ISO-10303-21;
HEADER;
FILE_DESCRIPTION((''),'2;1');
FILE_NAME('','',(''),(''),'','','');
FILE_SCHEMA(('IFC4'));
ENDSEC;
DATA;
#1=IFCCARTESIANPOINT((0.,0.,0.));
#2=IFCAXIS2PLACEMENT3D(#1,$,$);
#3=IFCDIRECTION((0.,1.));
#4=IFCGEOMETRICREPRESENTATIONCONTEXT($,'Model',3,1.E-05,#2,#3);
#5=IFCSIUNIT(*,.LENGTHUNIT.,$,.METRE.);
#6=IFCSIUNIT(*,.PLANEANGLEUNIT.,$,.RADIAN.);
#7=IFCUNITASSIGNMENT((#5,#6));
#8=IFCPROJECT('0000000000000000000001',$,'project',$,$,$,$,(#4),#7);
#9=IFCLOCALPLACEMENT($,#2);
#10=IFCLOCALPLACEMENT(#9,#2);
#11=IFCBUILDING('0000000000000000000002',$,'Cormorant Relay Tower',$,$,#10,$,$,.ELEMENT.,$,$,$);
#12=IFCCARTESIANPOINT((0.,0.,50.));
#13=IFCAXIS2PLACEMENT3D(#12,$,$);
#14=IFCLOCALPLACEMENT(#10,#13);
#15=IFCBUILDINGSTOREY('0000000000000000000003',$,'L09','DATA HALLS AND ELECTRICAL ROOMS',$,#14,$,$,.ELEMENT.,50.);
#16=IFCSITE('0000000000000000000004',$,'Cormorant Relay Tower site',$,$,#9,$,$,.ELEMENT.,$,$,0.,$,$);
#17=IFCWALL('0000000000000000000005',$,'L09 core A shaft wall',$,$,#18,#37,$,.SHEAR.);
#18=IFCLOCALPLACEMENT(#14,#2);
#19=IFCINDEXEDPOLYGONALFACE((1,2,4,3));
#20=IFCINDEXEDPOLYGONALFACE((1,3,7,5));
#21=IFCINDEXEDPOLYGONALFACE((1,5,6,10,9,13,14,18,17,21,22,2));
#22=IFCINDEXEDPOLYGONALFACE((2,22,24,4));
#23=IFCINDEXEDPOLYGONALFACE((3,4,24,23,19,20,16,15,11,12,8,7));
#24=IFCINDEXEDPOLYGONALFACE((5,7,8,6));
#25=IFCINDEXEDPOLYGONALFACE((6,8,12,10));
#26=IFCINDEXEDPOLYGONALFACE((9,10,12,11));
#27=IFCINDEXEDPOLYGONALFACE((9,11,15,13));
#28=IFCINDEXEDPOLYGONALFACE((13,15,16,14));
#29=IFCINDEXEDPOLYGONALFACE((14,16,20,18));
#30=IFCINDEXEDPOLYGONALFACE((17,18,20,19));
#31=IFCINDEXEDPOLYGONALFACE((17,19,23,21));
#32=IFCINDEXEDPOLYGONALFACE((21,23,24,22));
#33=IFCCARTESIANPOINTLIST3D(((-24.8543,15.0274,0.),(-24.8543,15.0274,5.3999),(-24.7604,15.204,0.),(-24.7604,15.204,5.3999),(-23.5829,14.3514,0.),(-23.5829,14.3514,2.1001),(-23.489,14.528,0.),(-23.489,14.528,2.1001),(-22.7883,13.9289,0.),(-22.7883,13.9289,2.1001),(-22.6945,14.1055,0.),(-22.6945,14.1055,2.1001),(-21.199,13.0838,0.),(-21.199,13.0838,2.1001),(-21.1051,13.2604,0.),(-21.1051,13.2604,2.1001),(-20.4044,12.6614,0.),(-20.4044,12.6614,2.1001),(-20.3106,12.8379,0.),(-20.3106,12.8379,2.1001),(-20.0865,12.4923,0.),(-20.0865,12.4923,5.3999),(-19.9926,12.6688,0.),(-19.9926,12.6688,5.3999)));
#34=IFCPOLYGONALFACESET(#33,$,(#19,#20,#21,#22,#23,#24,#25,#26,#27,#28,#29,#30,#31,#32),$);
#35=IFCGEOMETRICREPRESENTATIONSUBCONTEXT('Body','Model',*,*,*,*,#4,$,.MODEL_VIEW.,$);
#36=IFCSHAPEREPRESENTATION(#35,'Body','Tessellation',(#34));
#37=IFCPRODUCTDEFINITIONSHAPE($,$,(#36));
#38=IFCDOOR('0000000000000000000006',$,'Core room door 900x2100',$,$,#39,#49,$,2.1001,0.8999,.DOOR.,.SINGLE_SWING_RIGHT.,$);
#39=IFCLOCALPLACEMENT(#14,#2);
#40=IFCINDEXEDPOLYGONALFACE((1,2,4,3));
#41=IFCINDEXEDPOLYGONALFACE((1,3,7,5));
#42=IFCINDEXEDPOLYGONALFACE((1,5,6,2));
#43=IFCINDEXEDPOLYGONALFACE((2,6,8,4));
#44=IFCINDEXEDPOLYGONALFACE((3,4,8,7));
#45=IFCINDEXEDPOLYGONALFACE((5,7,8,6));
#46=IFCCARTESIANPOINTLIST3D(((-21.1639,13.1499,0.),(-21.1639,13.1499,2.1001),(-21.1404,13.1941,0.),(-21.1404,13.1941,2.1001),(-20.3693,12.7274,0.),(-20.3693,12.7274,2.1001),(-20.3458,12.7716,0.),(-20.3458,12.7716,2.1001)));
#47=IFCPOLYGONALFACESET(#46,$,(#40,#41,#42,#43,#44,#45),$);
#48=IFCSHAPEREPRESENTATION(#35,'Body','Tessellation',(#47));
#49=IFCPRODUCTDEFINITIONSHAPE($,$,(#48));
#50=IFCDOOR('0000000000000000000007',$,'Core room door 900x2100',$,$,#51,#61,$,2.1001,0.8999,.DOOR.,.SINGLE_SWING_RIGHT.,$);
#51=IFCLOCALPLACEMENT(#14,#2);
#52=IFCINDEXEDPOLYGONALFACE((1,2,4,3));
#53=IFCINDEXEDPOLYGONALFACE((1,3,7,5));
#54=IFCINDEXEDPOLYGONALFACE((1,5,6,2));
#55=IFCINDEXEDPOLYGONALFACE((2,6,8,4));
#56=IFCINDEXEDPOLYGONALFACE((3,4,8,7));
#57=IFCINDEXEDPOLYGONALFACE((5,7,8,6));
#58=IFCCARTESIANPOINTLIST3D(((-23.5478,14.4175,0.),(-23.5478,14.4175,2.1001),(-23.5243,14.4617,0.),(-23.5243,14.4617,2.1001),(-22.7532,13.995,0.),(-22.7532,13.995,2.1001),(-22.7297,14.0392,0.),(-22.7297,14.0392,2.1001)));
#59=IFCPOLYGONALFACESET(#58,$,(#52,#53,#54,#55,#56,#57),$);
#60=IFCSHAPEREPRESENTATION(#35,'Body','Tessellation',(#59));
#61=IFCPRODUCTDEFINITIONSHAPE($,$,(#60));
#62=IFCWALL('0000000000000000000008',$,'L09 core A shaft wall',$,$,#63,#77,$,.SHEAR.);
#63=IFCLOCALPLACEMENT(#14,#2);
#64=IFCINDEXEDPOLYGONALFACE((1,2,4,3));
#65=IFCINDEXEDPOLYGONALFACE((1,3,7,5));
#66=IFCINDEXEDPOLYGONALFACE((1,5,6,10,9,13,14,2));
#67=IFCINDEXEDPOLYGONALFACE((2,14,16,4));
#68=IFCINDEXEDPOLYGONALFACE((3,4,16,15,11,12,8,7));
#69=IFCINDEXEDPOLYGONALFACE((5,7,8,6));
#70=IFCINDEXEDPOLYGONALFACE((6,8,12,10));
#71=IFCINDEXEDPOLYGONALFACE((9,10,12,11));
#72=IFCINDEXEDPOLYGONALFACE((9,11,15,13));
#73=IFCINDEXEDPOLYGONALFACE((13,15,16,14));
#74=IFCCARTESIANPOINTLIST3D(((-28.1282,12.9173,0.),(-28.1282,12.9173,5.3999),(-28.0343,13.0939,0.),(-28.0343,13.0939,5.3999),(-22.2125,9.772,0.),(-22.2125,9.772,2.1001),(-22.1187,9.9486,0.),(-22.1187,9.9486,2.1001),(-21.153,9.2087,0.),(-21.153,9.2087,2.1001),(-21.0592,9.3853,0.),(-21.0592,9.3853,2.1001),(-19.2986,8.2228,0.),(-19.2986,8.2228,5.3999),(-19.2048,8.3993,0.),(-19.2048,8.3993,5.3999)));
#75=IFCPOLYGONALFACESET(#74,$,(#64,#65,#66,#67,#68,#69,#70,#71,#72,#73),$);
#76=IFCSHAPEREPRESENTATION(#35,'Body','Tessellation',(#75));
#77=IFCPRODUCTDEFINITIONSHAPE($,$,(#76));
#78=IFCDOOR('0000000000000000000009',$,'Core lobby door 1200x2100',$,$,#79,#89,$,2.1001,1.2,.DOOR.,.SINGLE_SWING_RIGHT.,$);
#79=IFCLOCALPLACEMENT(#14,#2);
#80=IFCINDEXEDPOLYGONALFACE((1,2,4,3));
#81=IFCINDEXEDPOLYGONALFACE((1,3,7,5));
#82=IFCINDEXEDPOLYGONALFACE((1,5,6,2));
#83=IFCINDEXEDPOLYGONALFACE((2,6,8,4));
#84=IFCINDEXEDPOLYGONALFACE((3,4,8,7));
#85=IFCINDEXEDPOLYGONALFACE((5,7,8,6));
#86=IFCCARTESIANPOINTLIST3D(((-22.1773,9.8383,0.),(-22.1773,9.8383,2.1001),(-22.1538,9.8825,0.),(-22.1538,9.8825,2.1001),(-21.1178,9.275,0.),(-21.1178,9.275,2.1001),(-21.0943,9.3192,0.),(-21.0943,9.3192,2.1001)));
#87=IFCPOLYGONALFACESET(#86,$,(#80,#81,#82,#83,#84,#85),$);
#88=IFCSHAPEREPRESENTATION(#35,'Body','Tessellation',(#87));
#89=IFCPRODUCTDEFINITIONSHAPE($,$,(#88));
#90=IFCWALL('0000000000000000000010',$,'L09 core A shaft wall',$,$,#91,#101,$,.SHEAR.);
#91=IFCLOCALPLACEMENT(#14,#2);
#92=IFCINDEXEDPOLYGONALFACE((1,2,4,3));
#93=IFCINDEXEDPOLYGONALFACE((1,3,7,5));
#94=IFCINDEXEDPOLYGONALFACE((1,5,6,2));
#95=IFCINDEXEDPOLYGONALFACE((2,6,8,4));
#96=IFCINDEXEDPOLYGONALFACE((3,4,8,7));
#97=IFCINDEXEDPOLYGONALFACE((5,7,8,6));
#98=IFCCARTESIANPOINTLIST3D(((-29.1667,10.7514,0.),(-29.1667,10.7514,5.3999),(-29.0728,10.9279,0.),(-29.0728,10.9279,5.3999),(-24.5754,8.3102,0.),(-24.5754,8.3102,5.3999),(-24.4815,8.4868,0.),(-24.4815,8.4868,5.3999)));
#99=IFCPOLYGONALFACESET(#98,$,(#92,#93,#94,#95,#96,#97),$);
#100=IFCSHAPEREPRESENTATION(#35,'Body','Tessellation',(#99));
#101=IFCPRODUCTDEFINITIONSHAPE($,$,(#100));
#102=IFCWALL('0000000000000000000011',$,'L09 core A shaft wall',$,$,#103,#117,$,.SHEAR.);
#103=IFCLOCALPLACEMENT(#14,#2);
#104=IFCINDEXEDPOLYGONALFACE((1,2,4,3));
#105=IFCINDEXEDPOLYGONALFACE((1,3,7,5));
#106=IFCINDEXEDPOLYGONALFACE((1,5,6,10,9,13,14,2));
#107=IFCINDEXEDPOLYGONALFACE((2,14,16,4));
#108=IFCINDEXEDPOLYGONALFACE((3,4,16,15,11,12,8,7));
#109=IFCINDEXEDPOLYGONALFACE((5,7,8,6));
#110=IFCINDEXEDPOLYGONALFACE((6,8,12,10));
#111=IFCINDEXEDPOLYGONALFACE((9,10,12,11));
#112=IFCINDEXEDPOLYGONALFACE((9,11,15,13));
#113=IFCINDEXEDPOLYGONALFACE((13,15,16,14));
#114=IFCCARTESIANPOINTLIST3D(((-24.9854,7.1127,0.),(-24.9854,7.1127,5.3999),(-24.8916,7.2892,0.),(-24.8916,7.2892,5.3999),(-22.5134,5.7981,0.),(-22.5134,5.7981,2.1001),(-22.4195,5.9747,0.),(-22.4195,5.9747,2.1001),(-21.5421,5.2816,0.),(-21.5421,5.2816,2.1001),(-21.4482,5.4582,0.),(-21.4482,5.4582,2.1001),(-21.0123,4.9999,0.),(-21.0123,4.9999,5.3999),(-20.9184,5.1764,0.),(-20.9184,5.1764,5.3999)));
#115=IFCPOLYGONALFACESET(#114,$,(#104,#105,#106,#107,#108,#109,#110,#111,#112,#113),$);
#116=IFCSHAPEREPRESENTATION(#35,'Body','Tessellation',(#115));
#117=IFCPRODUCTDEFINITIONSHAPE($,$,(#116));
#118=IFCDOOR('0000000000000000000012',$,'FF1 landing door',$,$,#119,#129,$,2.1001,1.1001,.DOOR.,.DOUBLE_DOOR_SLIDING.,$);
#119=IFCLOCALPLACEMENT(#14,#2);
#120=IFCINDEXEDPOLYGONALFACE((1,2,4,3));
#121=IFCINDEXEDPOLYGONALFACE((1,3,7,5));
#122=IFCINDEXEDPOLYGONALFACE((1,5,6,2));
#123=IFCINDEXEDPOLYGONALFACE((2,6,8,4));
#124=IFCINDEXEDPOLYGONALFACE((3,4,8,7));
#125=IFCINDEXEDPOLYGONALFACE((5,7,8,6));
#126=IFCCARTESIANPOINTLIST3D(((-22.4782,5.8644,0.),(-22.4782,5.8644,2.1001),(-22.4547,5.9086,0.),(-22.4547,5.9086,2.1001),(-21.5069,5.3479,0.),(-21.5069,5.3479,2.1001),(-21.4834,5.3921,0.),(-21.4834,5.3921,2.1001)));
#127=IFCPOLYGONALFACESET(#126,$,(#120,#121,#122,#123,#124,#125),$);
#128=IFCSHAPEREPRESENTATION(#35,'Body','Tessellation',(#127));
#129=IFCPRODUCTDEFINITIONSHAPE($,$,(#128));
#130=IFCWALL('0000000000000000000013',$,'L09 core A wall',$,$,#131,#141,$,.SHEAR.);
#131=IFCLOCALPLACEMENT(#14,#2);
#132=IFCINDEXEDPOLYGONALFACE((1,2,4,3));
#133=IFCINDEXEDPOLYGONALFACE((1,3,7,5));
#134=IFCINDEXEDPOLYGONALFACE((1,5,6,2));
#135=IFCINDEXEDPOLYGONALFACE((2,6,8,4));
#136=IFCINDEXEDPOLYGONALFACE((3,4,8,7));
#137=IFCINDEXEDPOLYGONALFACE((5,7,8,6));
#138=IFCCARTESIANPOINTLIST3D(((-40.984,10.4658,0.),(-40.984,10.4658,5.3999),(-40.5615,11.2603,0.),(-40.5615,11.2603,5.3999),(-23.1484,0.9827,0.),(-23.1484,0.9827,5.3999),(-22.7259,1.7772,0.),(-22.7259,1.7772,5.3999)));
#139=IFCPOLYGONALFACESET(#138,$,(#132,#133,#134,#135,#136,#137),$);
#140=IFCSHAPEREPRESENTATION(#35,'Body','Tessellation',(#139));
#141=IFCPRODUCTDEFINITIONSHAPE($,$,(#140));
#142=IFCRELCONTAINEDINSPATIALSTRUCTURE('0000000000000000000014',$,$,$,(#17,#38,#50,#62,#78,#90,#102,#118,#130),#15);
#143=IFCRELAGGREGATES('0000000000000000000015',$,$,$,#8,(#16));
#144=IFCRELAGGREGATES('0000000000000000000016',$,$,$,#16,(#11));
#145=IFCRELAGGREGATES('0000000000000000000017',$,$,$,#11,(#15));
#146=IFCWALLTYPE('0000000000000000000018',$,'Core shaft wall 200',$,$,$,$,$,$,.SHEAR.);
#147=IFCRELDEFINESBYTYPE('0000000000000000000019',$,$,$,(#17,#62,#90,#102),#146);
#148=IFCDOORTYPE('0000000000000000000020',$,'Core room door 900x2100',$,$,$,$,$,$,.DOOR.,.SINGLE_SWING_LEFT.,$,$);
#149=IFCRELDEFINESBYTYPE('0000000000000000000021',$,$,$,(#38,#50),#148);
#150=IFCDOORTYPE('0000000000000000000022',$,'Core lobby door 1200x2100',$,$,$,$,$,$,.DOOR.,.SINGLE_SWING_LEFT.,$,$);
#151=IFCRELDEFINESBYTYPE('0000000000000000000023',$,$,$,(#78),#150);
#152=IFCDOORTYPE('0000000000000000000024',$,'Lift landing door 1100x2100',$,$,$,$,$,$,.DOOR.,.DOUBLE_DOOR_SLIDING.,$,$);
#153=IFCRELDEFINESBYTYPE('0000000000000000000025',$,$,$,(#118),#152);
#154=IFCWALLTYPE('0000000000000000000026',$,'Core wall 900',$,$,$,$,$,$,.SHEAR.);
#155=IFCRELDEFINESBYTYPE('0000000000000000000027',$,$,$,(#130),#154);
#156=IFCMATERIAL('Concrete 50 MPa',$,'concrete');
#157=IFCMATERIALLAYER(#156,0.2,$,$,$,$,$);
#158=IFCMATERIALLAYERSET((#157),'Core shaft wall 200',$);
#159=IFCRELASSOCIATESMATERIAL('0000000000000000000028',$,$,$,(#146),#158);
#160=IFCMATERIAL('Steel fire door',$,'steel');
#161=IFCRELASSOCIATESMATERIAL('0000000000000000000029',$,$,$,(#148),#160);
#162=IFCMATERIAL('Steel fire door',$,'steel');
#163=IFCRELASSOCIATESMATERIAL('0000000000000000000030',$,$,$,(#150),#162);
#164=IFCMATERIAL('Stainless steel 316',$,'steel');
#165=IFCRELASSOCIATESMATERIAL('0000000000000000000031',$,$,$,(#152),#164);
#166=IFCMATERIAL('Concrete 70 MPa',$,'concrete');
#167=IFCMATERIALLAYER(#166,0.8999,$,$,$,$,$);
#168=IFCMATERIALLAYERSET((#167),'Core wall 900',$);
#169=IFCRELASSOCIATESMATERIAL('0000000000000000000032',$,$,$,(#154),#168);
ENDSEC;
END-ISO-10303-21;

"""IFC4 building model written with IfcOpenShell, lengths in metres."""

from ifc_helpers import new_model, si_unit, direction, frame, frame_2d, origin, place, context, subcontext, project, spatial, rectangle, extrude, material, layer, layer_set, type_object, element, fill, save


model = new_model("IFC4")

# Units and contexts
model_context = context("Model", 3, precision=1e-05, world=origin(), true_north=direction((0.0, 1.0)))
body_context = subcontext(model_context, "Body", "Model", "MODEL_VIEW")
ifc_project = project(units=[si_unit("LENGTHUNIT", "METRE"), si_unit("PLANEANGLEUNIT", "RADIAN")], contexts=[model_context])

# Site, building, storey
site_placement = place(None, origin())
site = spatial("IfcSite", under=ifc_project, at=site_placement, Name="Cormorant Relay Tower site", CompositionType="ELEMENT", RefElevation=0.0)
building_placement = place(site_placement, origin())
building = spatial("IfcBuilding", under=site, at=building_placement, Name="Cormorant Relay Tower", CompositionType="ELEMENT")
storey_placement = place(building_placement, frame((0.0, 0.0, 50.0)))
storey = spatial("IfcBuildingStorey", under=building, at=storey_placement, Name="L09", Description="DATA HALLS AND ELECTRICAL ROOMS", CompositionType="ELEMENT", Elevation=50.0)

# Shared definitions
ifc_material_1 = material(Name="Concrete 50 MPa", Category="concrete")
ifc_layer_1 = layer(ifc_material_1, 0.2)
ifc_layer_set_1 = layer_set([ifc_layer_1], Name="Core shaft wall 200")
wall_type_1 = type_object("IfcWallType", Name="Core shaft wall 200", PredefinedType="SHEAR", material=ifc_layer_set_1)

# Wall, openings, doors
wall_1_placement = place(storey_placement, frame((-20.0396, 12.5806, 0.0), z_axis=(0.0, 0.0, 1.0), x_axis=(-0.882943, 0.46948, 0.0)))
wall_1 = element("IfcWall", 1, at=wall_1_placement, inside=storey, type_object=wall_type_1, Name="L09 core A shaft wall", PredefinedType="SHEAR", context=body_context, shape_type="SweptSolid", body=[
    extrude(rectangle(XDim=5.3999, YDim=0.2, at=frame_2d((2.7, 0.0))), origin(), (0.0, 0.0, 1.0), 5.3999),
])
opening_1_placement = place(wall_1_placement, frame((0.3601, 0.0, 0.0)))
opening_1 = element("IfcOpeningElement", 2, at=opening_1_placement, cuts=wall_1, PredefinedType="OPENING", context=body_context, shape_type="SweptSolid", body=[
    extrude(rectangle(XDim=0.8999, YDim=2.1001, at=frame_2d((0.45, 1.05))), frame((0.0, 0.1099, 0.0), z_axis=(0.0, -1.0, 0.0), x_axis=(1.0, 0.0, 0.0)), (0.0, 0.0, 1.0), 0.22),
])
opening_2_placement = place(wall_1_placement, frame((3.0601, 0.0, 0.0)))
opening_2 = element("IfcOpeningElement", 3, at=opening_2_placement, cuts=wall_1, PredefinedType="OPENING", context=body_context, shape_type="SweptSolid", body=[
    extrude(rectangle(XDim=0.8999, YDim=2.1001, at=frame_2d((0.45, 1.05))), frame((0.0, 0.1099, 0.0), z_axis=(0.0, -1.0, 0.0), x_axis=(1.0, 0.0, 0.0)), (0.0, 0.0, 1.0), 0.22),
])
ifc_material_2 = material(Name="Steel fire door", Category="steel")
door_type_1 = type_object("IfcDoorType", Name="Core room door 900x2100", OperationType="SINGLE_SWING_LEFT", PredefinedType="DOOR", material=ifc_material_2)
door_1_placement = place(opening_1_placement, frame((0.8999, 0.0, 0.0), z_axis=(0.0, 0.0, 1.0), x_axis=(-1.0, 0.0, 0.0)))
door_1 = element("IfcDoor", 4, at=door_1_placement, inside=storey, type_object=door_type_1, Name="Core room door 900x2100", OperationType="SINGLE_SWING_RIGHT", OverallHeight=2.1001, OverallWidth=0.8999, PredefinedType="DOOR", context=body_context, shape_type="SweptSolid", body=[
    extrude(rectangle(XDim=0.8999, YDim=2.1001, at=frame_2d((0.45, 1.05))), frame((0.0, 0.0249, 0.0), z_axis=(0.0, -1.0, 0.0), x_axis=(1.0, 0.0, 0.0)), (0.0, 0.0, 1.0), 0.05),
])
fill(opening_1, door_1)
door_2_placement = place(opening_2_placement, frame((0.8999, 0.0, 0.0), z_axis=(0.0, 0.0, 1.0), x_axis=(-1.0, 0.0, 0.0)))
door_2 = element("IfcDoor", 5, at=door_2_placement, inside=storey, type_object=door_type_1, Name="Core room door 900x2100", OperationType="SINGLE_SWING_RIGHT", OverallHeight=2.1001, OverallWidth=0.8999, PredefinedType="DOOR", context=body_context, shape_type="SweptSolid", body=[
    extrude(rectangle(XDim=0.8999, YDim=2.1001, at=frame_2d((0.45, 1.05))), frame((0.0, 0.0249, 0.0), z_axis=(0.0, -1.0, 0.0), x_axis=(1.0, 0.0, 0.0)), (0.0, 0.0, 1.0), 0.05),
])
fill(opening_2, door_2)

# Wall, opening, door
wall_2_placement = place(storey_placement, frame((-19.2517, 8.311, 0.0), z_axis=(0.0, 0.0, 1.0), x_axis=(-0.882956, 0.469456, 0.0)))
wall_2 = element("IfcWall", 6, at=wall_2_placement, inside=storey, type_object=wall_type_1, Name="L09 core A shaft wall", PredefinedType="SHEAR", context=body_context, shape_type="SweptSolid", body=[
    extrude(rectangle(XDim=10.0, YDim=0.2, at=frame_2d((5.0, 0.0))), origin(), (0.0, 0.0, 1.0), 5.3999),
])
opening_3_placement = place(wall_2_placement, frame((2.1001, 0.0, 0.0)))
opening_3 = element("IfcOpeningElement", 7, at=opening_3_placement, cuts=wall_2, PredefinedType="OPENING", context=body_context, shape_type="SweptSolid", body=[
    extrude(rectangle(XDim=1.2, YDim=2.1001, at=frame_2d((0.6001, 1.05))), frame((0.0, 0.1099, 0.0), z_axis=(0.0, -1.0, 0.0), x_axis=(1.0, 0.0, 0.0)), (0.0, 0.0, 1.0), 0.22),
])
ifc_material_3 = material(Name="Steel fire door", Category="steel")
door_type_2 = type_object("IfcDoorType", Name="Core lobby door 1200x2100", OperationType="SINGLE_SWING_LEFT", PredefinedType="DOOR", material=ifc_material_3)
door_3_placement = place(opening_3_placement, origin())
door_3 = element("IfcDoor", 8, at=door_3_placement, inside=storey, type_object=door_type_2, Name="Core lobby door 1200x2100", OperationType="SINGLE_SWING_RIGHT", OverallHeight=2.1001, OverallWidth=1.2, PredefinedType="DOOR", context=body_context, shape_type="SweptSolid", body=[
    extrude(rectangle(XDim=1.2, YDim=2.1001, at=frame_2d((0.6001, 1.05))), frame((0.0, 0.0249, 0.0), z_axis=(0.0, -1.0, 0.0), x_axis=(1.0, 0.0, 0.0)), (0.0, 0.0, 1.0), 0.05),
])
fill(opening_3, door_3)

# Wall
wall_3_placement = place(storey_placement, frame((-24.5283, 8.3984, 0.0), z_axis=(0.0, 0.0, 1.0), x_axis=(-0.882954, 0.46946, 0.0)))
element("IfcWall", 9, at=wall_3_placement, inside=storey, type_object=wall_type_1, Name="L09 core A shaft wall", PredefinedType="SHEAR", context=body_context, shape_type="SweptSolid", body=[
    extrude(rectangle(XDim=5.2, YDim=0.2, at=frame_2d((2.6001, 0.0))), origin(), (0.0, 0.0, 1.0), 5.3999),
])

# Wall, opening, door
wall_4_placement = place(storey_placement, frame((-20.9653, 5.0881, 0.0), z_axis=(0.0, 0.0, 1.0), x_axis=(-0.882926, 0.469512, 0.0)))
wall_4 = element("IfcWall", 10, at=wall_4_placement, inside=storey, type_object=wall_type_1, Name="L09 core A shaft wall", PredefinedType="SHEAR", context=body_context, shape_type="SweptSolid", body=[
    extrude(rectangle(XDim=4.5, YDim=0.2, at=frame_2d((2.25, 0.0))), origin(), (0.0, 0.0, 1.0), 5.3999),
])
opening_4_placement = place(wall_4_placement, frame((0.6001, 0.0, 0.0)))
opening_4 = element("IfcOpeningElement", 11, at=opening_4_placement, cuts=wall_4, PredefinedType="OPENING", context=body_context, shape_type="SweptSolid", body=[
    extrude(rectangle(XDim=1.1001, YDim=2.1001, at=frame_2d((0.55, 1.05))), frame((0.0, 0.1099, 0.0), z_axis=(0.0, -1.0, 0.0), x_axis=(1.0, 0.0, 0.0)), (0.0, 0.0, 1.0), 0.22),
])
ifc_material_4 = material(Name="Stainless steel 316", Category="steel")
door_type_3 = type_object("IfcDoorType", Name="Lift landing door 1100x2100", OperationType="DOUBLE_DOOR_SLIDING", PredefinedType="DOOR", material=ifc_material_4)
door_4_placement = place(opening_4_placement, origin())
door_4 = element("IfcDoor", 12, at=door_4_placement, inside=storey, type_object=door_type_3, Name="FF1 landing door", OperationType="DOUBLE_DOOR_SLIDING", OverallHeight=2.1001, OverallWidth=1.1001, PredefinedType="DOOR", context=body_context, shape_type="SweptSolid", body=[
    extrude(rectangle(XDim=1.1001, YDim=2.1001, at=frame_2d((0.55, 1.05))), frame((0.0, 0.0249, 0.0), z_axis=(0.0, -1.0, 0.0), x_axis=(1.0, 0.0, 0.0)), (0.0, 0.0, 1.0), 0.05),
])
fill(opening_4, door_4)

# Wall
ifc_material_5 = material(Name="Concrete 70 MPa", Category="concrete")
ifc_layer_2 = layer(ifc_material_5, 0.8999)
ifc_layer_set_2 = layer_set([ifc_layer_2], Name="Core wall 900")
wall_type_2 = type_object("IfcWallType", Name="Core wall 900", PredefinedType="SHEAR", material=ifc_layer_set_2)
wall_5_placement = place(storey_placement, frame((-22.937, 1.3799, 0.0), z_axis=(0.0, 0.0, 1.0), x_axis=(-0.882953, 0.469462, 0.0)))
element("IfcWall", 13, at=wall_5_placement, inside=storey, type_object=wall_type_2, Name="L09 core A wall", PredefinedType="SHEAR", context=body_context, shape_type="SweptSolid", body=[
    extrude(rectangle(XDim=20.2, YDim=0.8999, at=frame_2d((10.1001, 0.0))), origin(), (0.0, 0.0, 1.0), 5.3999),
])

save(model, "model.ifc")
